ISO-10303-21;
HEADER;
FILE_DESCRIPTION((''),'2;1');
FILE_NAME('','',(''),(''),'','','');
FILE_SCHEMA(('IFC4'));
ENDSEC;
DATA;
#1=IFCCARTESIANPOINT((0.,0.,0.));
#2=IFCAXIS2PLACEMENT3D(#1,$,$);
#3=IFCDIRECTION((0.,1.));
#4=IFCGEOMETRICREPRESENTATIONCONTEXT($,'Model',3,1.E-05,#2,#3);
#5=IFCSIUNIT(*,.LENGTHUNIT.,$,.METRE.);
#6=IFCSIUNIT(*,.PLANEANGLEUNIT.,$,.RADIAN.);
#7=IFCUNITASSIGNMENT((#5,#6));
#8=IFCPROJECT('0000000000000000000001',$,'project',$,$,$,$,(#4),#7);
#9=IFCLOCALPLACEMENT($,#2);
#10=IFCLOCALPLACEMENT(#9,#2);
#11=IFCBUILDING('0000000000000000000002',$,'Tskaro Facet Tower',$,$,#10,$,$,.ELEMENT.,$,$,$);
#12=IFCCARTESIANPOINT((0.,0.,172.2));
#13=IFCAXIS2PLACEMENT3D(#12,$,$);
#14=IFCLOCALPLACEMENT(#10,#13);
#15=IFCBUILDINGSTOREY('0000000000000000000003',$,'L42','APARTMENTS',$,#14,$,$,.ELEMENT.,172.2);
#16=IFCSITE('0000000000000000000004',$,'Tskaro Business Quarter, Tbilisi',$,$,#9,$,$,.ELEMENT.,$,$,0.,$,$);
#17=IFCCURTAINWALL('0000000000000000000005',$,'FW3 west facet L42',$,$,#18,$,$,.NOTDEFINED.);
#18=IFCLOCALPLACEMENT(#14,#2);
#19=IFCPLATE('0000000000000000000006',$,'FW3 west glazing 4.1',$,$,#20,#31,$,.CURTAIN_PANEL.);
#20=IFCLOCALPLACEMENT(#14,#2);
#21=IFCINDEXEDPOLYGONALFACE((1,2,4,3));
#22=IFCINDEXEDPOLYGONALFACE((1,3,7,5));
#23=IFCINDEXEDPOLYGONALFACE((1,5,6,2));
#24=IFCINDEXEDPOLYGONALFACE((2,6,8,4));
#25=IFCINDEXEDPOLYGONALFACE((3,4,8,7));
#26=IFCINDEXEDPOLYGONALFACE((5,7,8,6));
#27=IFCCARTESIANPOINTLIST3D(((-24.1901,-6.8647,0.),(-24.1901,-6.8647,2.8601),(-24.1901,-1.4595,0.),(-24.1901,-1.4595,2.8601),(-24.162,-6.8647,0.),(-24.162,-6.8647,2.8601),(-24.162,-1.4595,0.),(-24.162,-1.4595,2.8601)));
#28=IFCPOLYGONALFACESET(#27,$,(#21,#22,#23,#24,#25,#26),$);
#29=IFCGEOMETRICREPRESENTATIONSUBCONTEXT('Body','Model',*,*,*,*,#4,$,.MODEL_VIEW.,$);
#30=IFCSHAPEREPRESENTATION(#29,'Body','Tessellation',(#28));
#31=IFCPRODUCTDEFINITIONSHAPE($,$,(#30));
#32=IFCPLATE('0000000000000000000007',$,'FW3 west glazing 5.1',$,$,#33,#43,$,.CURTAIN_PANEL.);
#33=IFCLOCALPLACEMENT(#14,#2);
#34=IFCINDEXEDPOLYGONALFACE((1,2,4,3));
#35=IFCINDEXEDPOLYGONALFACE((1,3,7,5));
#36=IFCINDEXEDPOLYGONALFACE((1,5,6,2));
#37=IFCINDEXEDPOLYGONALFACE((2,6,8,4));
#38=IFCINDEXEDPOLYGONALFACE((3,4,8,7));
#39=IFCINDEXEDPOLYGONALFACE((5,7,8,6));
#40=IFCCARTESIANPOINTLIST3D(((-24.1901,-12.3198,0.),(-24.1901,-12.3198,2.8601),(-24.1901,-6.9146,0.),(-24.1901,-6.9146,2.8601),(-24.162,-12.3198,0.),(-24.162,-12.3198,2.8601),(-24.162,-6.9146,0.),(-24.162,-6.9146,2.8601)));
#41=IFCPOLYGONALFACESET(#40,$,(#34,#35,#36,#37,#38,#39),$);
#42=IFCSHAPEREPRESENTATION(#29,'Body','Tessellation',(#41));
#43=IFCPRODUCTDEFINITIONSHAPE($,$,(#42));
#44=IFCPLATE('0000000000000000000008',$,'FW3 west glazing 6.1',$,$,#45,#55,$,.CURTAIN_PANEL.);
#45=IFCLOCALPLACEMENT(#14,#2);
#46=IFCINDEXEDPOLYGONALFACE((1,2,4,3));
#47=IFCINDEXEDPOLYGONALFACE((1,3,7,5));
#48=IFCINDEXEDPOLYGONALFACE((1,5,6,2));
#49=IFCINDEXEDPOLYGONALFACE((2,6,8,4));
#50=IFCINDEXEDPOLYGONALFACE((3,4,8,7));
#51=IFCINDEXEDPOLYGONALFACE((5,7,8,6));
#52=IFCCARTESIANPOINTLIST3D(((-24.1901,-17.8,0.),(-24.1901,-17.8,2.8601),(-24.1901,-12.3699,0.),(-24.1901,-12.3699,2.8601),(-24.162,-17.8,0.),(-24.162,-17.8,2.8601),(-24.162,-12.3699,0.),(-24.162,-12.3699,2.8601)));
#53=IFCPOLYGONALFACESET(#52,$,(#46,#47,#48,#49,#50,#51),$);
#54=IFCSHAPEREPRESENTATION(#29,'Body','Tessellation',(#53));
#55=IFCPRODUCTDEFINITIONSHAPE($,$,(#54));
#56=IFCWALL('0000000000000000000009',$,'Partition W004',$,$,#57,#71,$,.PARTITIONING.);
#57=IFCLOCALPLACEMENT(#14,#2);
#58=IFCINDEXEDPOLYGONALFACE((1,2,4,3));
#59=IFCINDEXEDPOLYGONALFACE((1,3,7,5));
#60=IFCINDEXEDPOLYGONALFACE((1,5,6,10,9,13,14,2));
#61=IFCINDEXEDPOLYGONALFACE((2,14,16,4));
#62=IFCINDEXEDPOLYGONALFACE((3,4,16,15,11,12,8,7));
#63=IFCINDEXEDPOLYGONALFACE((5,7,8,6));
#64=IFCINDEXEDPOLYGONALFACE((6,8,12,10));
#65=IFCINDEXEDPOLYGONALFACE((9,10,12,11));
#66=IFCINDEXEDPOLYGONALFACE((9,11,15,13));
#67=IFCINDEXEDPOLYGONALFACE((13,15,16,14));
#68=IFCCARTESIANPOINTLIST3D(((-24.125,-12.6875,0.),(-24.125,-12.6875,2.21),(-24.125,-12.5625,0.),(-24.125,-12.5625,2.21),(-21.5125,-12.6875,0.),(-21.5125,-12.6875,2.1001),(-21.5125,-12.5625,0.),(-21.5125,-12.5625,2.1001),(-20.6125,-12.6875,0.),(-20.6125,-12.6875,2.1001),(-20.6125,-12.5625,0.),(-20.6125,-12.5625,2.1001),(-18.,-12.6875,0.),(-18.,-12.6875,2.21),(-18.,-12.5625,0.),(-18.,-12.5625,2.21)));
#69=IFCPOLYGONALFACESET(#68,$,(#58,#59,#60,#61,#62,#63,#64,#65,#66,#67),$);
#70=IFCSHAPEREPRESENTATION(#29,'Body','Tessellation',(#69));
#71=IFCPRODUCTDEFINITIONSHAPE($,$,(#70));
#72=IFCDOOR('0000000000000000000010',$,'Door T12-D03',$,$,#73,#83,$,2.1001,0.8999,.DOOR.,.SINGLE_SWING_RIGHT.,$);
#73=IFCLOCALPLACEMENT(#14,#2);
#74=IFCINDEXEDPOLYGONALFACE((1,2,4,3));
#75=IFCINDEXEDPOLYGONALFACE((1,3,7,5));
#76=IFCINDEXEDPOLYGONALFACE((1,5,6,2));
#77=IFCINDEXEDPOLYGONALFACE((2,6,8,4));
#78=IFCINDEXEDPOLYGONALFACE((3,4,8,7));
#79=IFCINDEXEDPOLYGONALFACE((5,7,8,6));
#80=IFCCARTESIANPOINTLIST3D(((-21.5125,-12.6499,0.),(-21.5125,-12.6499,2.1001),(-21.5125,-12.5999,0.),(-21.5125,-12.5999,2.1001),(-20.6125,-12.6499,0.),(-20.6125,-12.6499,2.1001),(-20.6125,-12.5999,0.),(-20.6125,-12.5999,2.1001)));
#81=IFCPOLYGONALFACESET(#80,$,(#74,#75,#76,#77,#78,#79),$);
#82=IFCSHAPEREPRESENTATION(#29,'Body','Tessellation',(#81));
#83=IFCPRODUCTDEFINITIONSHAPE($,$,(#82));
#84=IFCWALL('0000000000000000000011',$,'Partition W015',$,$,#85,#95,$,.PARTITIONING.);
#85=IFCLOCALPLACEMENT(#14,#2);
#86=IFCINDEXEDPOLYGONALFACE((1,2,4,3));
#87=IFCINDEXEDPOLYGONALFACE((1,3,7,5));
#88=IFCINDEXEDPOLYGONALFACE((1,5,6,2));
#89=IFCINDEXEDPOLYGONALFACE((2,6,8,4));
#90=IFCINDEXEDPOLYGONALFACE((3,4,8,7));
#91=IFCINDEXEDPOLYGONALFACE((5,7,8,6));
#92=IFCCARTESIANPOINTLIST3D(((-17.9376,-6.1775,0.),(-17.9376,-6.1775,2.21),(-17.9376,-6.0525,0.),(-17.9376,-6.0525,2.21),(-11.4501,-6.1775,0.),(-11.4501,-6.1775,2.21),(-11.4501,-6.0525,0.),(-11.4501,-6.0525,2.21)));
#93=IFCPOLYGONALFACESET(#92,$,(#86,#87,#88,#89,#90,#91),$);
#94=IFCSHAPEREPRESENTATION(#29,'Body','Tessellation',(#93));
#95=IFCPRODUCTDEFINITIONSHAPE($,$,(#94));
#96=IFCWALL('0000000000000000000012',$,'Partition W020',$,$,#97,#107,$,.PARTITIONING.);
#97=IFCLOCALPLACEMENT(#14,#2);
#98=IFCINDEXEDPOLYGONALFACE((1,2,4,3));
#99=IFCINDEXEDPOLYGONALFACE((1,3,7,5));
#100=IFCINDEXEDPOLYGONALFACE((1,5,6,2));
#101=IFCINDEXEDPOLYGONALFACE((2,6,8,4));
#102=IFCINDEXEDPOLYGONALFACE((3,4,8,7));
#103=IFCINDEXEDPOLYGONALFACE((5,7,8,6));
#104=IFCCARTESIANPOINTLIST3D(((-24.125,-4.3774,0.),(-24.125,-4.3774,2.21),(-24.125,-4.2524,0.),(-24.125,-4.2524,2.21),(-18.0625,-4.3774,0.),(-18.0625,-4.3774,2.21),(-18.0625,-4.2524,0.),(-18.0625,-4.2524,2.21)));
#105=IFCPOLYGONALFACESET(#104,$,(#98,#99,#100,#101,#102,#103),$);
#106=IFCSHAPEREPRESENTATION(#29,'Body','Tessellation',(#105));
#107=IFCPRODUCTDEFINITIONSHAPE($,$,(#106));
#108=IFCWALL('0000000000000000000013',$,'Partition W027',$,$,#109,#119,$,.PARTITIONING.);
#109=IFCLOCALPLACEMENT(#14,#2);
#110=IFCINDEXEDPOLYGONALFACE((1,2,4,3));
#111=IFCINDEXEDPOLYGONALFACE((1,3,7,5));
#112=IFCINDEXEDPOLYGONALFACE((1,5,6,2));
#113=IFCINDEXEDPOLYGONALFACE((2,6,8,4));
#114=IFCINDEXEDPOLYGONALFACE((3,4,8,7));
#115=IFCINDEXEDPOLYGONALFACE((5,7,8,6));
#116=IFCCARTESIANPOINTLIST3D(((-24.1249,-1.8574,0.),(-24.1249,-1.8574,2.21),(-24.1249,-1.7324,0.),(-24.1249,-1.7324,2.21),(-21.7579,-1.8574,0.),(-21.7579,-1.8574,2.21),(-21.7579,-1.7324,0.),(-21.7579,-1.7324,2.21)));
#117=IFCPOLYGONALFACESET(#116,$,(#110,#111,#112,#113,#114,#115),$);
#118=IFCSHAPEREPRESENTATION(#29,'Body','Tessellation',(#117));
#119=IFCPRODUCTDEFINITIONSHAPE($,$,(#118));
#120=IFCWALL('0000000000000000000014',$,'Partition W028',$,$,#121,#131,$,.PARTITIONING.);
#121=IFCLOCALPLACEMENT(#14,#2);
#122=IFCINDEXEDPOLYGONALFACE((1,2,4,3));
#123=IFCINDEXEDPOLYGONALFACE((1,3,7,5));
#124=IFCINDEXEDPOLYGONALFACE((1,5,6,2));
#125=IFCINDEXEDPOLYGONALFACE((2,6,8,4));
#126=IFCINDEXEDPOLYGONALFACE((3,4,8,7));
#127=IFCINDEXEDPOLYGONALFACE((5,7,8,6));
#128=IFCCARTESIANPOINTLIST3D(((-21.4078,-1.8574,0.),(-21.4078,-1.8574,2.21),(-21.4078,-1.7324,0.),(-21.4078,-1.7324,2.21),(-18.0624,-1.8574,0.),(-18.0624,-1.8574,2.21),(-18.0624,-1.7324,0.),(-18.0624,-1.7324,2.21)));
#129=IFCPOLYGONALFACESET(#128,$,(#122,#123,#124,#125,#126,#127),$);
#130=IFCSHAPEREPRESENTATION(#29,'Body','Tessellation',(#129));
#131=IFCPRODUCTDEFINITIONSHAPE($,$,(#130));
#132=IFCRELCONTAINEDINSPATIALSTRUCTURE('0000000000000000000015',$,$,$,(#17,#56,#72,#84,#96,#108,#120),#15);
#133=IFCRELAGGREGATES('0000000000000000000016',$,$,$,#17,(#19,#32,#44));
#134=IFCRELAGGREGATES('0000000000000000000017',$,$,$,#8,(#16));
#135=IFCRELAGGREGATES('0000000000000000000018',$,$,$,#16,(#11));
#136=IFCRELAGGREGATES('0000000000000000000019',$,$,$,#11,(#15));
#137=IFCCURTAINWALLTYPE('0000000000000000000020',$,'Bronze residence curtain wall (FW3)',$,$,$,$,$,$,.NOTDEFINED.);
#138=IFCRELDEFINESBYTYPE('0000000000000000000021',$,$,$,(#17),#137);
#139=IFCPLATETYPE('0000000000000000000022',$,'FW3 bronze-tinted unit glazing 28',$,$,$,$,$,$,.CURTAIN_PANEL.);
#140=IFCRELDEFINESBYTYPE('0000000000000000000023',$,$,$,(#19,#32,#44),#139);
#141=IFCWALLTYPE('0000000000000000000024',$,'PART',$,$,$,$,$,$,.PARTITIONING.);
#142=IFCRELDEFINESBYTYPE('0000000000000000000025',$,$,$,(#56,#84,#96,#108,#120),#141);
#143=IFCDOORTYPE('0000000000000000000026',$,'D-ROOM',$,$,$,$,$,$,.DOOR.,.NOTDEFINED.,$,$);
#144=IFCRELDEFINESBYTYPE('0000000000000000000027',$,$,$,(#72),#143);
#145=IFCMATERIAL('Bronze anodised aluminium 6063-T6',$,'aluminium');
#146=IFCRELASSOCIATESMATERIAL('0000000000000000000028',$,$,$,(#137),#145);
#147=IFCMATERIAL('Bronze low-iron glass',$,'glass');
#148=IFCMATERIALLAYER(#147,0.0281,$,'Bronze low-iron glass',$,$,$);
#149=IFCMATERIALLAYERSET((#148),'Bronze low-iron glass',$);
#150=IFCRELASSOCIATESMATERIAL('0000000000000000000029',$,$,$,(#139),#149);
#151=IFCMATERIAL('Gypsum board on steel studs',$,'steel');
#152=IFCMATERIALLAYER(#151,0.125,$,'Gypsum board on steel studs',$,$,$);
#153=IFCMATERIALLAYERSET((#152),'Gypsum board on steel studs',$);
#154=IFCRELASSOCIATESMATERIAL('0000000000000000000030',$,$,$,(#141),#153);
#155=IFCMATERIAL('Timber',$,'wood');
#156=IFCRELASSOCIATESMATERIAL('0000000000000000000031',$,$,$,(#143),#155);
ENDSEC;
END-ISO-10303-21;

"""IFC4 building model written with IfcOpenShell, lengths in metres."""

from ifc_helpers import new_model, si_unit, direction, frame, frame_2d, origin, origin_2d, place, context, subcontext, project, spatial, rectangle, extrude, material, layer, layer_set, type_object, element, fill, aggregate, save


model = new_model("IFC4")

# Units and contexts
model_context = context("Model", 3, precision=1e-05, world=origin(), true_north=direction((0.0, 1.0)))
body_context = subcontext(model_context, "Body", "Model", "MODEL_VIEW")
ifc_project = project(units=[si_unit("LENGTHUNIT", "METRE"), si_unit("PLANEANGLEUNIT", "RADIAN")], contexts=[model_context])

# Site, building, storey
site_placement = place(None, origin())
site = spatial("IfcSite", under=ifc_project, at=site_placement, Name="Tskaro Business Quarter, Tbilisi", CompositionType="ELEMENT", RefElevation=0.0)
building_placement = place(site_placement, origin())
building = spatial("IfcBuilding", under=site, at=building_placement, Name="Tskaro Facet Tower", CompositionType="ELEMENT")
storey_placement = place(building_placement, frame((0.0, 0.0, 172.2)))
storey = spatial("IfcBuildingStorey", under=building, at=storey_placement, Name="L42", Description="APARTMENTS", CompositionType="ELEMENT", Elevation=172.2)

# Curtain wall, plates
ifc_material_1 = material(Name="Bronze anodised aluminium 6063-T6", Category="aluminium")
curtain_wall_type = type_object("IfcCurtainWallType", Name="Bronze residence curtain wall (FW3)", PredefinedType="NOTDEFINED", material=ifc_material_1)
curtain_wall_placement = place(storey_placement, origin())
curtain_wall = element("IfcCurtainWall", 1, at=curtain_wall_placement, inside=storey, type_object=curtain_wall_type, Name="FW3 west facet L42", PredefinedType="NOTDEFINED")
ifc_material_2 = material(Name="Bronze low-iron glass", Category="glass")
ifc_layer_1 = layer(ifc_material_2, 0.0281, Name="Bronze low-iron glass")
ifc_layer_set_1 = layer_set([ifc_layer_1], Name="Bronze low-iron glass")
plate_type = type_object("IfcPlateType", Name="FW3 bronze-tinted unit glazing 28", PredefinedType="CURTAIN_PANEL", material=ifc_layer_set_1)
plate_1_placement = place(storey_placement, frame((-24.176, -4.1621, 0.0), z_axis=(0.0, 0.0, 1.0), x_axis=(0.0, -1.0, 0.0)))
plate_1 = element("IfcPlate", 2, at=plate_1_placement, type_object=plate_type, Name="FW3 west glazing 4.1", PredefinedType="CURTAIN_PANEL", context=body_context, shape_type="SweptSolid", body=[
    extrude(rectangle(XDim=5.4053, YDim=0.0281, at=origin_2d()), origin(), (0.0, 0.0, 1.0), 2.8601),
])
plate_2_placement = place(storey_placement, frame((-24.176, -9.6172, 0.0), z_axis=(0.0, 0.0, 1.0), x_axis=(0.0, -1.0, 0.0)))
plate_2 = element("IfcPlate", 3, at=plate_2_placement, type_object=plate_type, Name="FW3 west glazing 5.1", PredefinedType="CURTAIN_PANEL", context=body_context, shape_type="SweptSolid", body=[
    extrude(rectangle(XDim=5.4053, YDim=0.0281, at=origin_2d()), origin(), (0.0, 0.0, 1.0), 2.8601),
])
plate_3_placement = place(storey_placement, frame((-24.176, -15.085, 0.0), z_axis=(0.0, 0.0, 1.0), x_axis=(0.0, -1.0, 0.0)))
plate_3 = element("IfcPlate", 4, at=plate_3_placement, type_object=plate_type, Name="FW3 west glazing 6.1", PredefinedType="CURTAIN_PANEL", context=body_context, shape_type="SweptSolid", body=[
    extrude(rectangle(XDim=5.4302, YDim=0.0281, at=origin_2d()), origin(), (0.0, 0.0, 1.0), 2.8601),
])
aggregate(curtain_wall, [plate_1, plate_2, plate_3])

# Wall, opening, door
ifc_material_3 = material(Name="Gypsum board on steel studs", Category="steel")
ifc_layer_2 = layer(ifc_material_3, 0.125, Name="Gypsum board on steel studs")
ifc_layer_set_2 = layer_set([ifc_layer_2], Name="Gypsum board on steel studs")
wall_type_1 = type_object("IfcWallType", Name="PART", PredefinedType="PARTITIONING", material=ifc_layer_set_2)
wall_1_placement = place(storey_placement, frame((-18.0, -12.625, 0.0), z_axis=(0.0, 0.0, 1.0), x_axis=(-1.0, 0.0, 0.0)))
wall_1 = element("IfcWall", 5, at=wall_1_placement, inside=storey, type_object=wall_type_1, Name="Partition W004", PredefinedType="PARTITIONING", context=body_context, shape_type="SweptSolid", body=[
    extrude(rectangle(XDim=6.125, YDim=0.125, at=frame_2d((3.0625, 0.0))), origin(), (0.0, 0.0, 1.0), 2.21),
])
opening_1_placement = place(wall_1_placement, frame((2.6125, 0.0, 0.0)))
opening_1 = element("IfcOpeningElement", 6, at=opening_1_placement, cuts=wall_1, PredefinedType="OPENING", context=body_context, shape_type="SweptSolid", body=[
    extrude(rectangle(XDim=0.8999, YDim=2.1001, at=frame_2d((0.45, 1.05))), frame((0.0, 0.0725, 0.0), z_axis=(0.0, -1.0, 0.0), x_axis=(1.0, 0.0, 0.0)), (0.0, 0.0, 1.0), 0.145),
])
ifc_material_4 = material(Name="Timber", Category="wood")
door_type_1 = type_object("IfcDoorType", Name="D-ROOM", OperationType="NOTDEFINED", PredefinedType="DOOR", material=ifc_material_4)
door_1_placement = place(opening_1_placement, origin())
door_1 = element("IfcDoor", 7, at=door_1_placement, inside=storey, type_object=door_type_1, Name="Door T12-D03", OperationType="SINGLE_SWING_RIGHT", OverallHeight=2.1001, OverallWidth=0.8999, PredefinedType="DOOR", context=body_context, shape_type="SweptSolid", body=[
    extrude(rectangle(XDim=0.8999, YDim=2.1001, at=frame_2d((0.45, 1.05))), frame((0.0, 0.0249, 0.0), z_axis=(0.0, -1.0, 0.0), x_axis=(1.0, 0.0, 0.0)), (0.0, 0.0, 1.0), 0.05),
])
fill(opening_1, door_1)

# Walls
wall_2_placement = place(storey_placement, frame((-17.9375, -6.115, 0.0), z_axis=(0.0, 0.0, 1.0), x_axis=(1.0, 0.0, 0.0)))
element("IfcWall", 8, at=wall_2_placement, inside=storey, type_object=wall_type_1, Name="Partition W015", PredefinedType="PARTITIONING", context=body_context, shape_type="SweptSolid", body=[
    extrude(rectangle(XDim=6.4875, YDim=0.125, at=frame_2d((3.2437, 0.0))), origin(), (0.0, 0.0, 1.0), 2.21),
])
wall_3_placement = place(storey_placement, frame((-24.125, -4.3149, 0.0), z_axis=(0.0, 0.0, 1.0), x_axis=(1.0, 0.0, 0.0)))
element("IfcWall", 9, at=wall_3_placement, inside=storey, type_object=wall_type_1, Name="Partition W020", PredefinedType="PARTITIONING", context=body_context, shape_type="SweptSolid", body=[
    extrude(rectangle(XDim=6.0625, YDim=0.125, at=frame_2d((3.0312, 0.0))), origin(), (0.0, 0.0, 1.0), 2.21),
])
wall_4_placement = place(storey_placement, frame((-24.125, -1.7949, 0.0), z_axis=(0.0, 0.0, 1.0), x_axis=(1.0, 0.0, 0.0)))
element("IfcWall", 10, at=wall_4_placement, inside=storey, type_object=wall_type_1, Name="Partition W027", PredefinedType="PARTITIONING", context=body_context, shape_type="SweptSolid", body=[
    extrude(rectangle(XDim=2.3669, YDim=0.125, at=frame_2d((1.1836, 0.0))), origin(), (0.0, 0.0, 1.0), 2.21),
])
wall_5_placement = place(storey_placement, frame((-21.408, -1.7949, 0.0), z_axis=(0.0, 0.0, 1.0), x_axis=(1.0, 0.0, 0.0)))
element("IfcWall", 11, at=wall_5_placement, inside=storey, type_object=wall_type_1, Name="Partition W028", PredefinedType="PARTITIONING", context=body_context, shape_type="SweptSolid", body=[
    extrude(rectangle(XDim=3.3455, YDim=0.125, at=frame_2d((1.6729, 0.0))), origin(), (0.0, 0.0, 1.0), 2.21),
])

save(model, "model.ifc")
